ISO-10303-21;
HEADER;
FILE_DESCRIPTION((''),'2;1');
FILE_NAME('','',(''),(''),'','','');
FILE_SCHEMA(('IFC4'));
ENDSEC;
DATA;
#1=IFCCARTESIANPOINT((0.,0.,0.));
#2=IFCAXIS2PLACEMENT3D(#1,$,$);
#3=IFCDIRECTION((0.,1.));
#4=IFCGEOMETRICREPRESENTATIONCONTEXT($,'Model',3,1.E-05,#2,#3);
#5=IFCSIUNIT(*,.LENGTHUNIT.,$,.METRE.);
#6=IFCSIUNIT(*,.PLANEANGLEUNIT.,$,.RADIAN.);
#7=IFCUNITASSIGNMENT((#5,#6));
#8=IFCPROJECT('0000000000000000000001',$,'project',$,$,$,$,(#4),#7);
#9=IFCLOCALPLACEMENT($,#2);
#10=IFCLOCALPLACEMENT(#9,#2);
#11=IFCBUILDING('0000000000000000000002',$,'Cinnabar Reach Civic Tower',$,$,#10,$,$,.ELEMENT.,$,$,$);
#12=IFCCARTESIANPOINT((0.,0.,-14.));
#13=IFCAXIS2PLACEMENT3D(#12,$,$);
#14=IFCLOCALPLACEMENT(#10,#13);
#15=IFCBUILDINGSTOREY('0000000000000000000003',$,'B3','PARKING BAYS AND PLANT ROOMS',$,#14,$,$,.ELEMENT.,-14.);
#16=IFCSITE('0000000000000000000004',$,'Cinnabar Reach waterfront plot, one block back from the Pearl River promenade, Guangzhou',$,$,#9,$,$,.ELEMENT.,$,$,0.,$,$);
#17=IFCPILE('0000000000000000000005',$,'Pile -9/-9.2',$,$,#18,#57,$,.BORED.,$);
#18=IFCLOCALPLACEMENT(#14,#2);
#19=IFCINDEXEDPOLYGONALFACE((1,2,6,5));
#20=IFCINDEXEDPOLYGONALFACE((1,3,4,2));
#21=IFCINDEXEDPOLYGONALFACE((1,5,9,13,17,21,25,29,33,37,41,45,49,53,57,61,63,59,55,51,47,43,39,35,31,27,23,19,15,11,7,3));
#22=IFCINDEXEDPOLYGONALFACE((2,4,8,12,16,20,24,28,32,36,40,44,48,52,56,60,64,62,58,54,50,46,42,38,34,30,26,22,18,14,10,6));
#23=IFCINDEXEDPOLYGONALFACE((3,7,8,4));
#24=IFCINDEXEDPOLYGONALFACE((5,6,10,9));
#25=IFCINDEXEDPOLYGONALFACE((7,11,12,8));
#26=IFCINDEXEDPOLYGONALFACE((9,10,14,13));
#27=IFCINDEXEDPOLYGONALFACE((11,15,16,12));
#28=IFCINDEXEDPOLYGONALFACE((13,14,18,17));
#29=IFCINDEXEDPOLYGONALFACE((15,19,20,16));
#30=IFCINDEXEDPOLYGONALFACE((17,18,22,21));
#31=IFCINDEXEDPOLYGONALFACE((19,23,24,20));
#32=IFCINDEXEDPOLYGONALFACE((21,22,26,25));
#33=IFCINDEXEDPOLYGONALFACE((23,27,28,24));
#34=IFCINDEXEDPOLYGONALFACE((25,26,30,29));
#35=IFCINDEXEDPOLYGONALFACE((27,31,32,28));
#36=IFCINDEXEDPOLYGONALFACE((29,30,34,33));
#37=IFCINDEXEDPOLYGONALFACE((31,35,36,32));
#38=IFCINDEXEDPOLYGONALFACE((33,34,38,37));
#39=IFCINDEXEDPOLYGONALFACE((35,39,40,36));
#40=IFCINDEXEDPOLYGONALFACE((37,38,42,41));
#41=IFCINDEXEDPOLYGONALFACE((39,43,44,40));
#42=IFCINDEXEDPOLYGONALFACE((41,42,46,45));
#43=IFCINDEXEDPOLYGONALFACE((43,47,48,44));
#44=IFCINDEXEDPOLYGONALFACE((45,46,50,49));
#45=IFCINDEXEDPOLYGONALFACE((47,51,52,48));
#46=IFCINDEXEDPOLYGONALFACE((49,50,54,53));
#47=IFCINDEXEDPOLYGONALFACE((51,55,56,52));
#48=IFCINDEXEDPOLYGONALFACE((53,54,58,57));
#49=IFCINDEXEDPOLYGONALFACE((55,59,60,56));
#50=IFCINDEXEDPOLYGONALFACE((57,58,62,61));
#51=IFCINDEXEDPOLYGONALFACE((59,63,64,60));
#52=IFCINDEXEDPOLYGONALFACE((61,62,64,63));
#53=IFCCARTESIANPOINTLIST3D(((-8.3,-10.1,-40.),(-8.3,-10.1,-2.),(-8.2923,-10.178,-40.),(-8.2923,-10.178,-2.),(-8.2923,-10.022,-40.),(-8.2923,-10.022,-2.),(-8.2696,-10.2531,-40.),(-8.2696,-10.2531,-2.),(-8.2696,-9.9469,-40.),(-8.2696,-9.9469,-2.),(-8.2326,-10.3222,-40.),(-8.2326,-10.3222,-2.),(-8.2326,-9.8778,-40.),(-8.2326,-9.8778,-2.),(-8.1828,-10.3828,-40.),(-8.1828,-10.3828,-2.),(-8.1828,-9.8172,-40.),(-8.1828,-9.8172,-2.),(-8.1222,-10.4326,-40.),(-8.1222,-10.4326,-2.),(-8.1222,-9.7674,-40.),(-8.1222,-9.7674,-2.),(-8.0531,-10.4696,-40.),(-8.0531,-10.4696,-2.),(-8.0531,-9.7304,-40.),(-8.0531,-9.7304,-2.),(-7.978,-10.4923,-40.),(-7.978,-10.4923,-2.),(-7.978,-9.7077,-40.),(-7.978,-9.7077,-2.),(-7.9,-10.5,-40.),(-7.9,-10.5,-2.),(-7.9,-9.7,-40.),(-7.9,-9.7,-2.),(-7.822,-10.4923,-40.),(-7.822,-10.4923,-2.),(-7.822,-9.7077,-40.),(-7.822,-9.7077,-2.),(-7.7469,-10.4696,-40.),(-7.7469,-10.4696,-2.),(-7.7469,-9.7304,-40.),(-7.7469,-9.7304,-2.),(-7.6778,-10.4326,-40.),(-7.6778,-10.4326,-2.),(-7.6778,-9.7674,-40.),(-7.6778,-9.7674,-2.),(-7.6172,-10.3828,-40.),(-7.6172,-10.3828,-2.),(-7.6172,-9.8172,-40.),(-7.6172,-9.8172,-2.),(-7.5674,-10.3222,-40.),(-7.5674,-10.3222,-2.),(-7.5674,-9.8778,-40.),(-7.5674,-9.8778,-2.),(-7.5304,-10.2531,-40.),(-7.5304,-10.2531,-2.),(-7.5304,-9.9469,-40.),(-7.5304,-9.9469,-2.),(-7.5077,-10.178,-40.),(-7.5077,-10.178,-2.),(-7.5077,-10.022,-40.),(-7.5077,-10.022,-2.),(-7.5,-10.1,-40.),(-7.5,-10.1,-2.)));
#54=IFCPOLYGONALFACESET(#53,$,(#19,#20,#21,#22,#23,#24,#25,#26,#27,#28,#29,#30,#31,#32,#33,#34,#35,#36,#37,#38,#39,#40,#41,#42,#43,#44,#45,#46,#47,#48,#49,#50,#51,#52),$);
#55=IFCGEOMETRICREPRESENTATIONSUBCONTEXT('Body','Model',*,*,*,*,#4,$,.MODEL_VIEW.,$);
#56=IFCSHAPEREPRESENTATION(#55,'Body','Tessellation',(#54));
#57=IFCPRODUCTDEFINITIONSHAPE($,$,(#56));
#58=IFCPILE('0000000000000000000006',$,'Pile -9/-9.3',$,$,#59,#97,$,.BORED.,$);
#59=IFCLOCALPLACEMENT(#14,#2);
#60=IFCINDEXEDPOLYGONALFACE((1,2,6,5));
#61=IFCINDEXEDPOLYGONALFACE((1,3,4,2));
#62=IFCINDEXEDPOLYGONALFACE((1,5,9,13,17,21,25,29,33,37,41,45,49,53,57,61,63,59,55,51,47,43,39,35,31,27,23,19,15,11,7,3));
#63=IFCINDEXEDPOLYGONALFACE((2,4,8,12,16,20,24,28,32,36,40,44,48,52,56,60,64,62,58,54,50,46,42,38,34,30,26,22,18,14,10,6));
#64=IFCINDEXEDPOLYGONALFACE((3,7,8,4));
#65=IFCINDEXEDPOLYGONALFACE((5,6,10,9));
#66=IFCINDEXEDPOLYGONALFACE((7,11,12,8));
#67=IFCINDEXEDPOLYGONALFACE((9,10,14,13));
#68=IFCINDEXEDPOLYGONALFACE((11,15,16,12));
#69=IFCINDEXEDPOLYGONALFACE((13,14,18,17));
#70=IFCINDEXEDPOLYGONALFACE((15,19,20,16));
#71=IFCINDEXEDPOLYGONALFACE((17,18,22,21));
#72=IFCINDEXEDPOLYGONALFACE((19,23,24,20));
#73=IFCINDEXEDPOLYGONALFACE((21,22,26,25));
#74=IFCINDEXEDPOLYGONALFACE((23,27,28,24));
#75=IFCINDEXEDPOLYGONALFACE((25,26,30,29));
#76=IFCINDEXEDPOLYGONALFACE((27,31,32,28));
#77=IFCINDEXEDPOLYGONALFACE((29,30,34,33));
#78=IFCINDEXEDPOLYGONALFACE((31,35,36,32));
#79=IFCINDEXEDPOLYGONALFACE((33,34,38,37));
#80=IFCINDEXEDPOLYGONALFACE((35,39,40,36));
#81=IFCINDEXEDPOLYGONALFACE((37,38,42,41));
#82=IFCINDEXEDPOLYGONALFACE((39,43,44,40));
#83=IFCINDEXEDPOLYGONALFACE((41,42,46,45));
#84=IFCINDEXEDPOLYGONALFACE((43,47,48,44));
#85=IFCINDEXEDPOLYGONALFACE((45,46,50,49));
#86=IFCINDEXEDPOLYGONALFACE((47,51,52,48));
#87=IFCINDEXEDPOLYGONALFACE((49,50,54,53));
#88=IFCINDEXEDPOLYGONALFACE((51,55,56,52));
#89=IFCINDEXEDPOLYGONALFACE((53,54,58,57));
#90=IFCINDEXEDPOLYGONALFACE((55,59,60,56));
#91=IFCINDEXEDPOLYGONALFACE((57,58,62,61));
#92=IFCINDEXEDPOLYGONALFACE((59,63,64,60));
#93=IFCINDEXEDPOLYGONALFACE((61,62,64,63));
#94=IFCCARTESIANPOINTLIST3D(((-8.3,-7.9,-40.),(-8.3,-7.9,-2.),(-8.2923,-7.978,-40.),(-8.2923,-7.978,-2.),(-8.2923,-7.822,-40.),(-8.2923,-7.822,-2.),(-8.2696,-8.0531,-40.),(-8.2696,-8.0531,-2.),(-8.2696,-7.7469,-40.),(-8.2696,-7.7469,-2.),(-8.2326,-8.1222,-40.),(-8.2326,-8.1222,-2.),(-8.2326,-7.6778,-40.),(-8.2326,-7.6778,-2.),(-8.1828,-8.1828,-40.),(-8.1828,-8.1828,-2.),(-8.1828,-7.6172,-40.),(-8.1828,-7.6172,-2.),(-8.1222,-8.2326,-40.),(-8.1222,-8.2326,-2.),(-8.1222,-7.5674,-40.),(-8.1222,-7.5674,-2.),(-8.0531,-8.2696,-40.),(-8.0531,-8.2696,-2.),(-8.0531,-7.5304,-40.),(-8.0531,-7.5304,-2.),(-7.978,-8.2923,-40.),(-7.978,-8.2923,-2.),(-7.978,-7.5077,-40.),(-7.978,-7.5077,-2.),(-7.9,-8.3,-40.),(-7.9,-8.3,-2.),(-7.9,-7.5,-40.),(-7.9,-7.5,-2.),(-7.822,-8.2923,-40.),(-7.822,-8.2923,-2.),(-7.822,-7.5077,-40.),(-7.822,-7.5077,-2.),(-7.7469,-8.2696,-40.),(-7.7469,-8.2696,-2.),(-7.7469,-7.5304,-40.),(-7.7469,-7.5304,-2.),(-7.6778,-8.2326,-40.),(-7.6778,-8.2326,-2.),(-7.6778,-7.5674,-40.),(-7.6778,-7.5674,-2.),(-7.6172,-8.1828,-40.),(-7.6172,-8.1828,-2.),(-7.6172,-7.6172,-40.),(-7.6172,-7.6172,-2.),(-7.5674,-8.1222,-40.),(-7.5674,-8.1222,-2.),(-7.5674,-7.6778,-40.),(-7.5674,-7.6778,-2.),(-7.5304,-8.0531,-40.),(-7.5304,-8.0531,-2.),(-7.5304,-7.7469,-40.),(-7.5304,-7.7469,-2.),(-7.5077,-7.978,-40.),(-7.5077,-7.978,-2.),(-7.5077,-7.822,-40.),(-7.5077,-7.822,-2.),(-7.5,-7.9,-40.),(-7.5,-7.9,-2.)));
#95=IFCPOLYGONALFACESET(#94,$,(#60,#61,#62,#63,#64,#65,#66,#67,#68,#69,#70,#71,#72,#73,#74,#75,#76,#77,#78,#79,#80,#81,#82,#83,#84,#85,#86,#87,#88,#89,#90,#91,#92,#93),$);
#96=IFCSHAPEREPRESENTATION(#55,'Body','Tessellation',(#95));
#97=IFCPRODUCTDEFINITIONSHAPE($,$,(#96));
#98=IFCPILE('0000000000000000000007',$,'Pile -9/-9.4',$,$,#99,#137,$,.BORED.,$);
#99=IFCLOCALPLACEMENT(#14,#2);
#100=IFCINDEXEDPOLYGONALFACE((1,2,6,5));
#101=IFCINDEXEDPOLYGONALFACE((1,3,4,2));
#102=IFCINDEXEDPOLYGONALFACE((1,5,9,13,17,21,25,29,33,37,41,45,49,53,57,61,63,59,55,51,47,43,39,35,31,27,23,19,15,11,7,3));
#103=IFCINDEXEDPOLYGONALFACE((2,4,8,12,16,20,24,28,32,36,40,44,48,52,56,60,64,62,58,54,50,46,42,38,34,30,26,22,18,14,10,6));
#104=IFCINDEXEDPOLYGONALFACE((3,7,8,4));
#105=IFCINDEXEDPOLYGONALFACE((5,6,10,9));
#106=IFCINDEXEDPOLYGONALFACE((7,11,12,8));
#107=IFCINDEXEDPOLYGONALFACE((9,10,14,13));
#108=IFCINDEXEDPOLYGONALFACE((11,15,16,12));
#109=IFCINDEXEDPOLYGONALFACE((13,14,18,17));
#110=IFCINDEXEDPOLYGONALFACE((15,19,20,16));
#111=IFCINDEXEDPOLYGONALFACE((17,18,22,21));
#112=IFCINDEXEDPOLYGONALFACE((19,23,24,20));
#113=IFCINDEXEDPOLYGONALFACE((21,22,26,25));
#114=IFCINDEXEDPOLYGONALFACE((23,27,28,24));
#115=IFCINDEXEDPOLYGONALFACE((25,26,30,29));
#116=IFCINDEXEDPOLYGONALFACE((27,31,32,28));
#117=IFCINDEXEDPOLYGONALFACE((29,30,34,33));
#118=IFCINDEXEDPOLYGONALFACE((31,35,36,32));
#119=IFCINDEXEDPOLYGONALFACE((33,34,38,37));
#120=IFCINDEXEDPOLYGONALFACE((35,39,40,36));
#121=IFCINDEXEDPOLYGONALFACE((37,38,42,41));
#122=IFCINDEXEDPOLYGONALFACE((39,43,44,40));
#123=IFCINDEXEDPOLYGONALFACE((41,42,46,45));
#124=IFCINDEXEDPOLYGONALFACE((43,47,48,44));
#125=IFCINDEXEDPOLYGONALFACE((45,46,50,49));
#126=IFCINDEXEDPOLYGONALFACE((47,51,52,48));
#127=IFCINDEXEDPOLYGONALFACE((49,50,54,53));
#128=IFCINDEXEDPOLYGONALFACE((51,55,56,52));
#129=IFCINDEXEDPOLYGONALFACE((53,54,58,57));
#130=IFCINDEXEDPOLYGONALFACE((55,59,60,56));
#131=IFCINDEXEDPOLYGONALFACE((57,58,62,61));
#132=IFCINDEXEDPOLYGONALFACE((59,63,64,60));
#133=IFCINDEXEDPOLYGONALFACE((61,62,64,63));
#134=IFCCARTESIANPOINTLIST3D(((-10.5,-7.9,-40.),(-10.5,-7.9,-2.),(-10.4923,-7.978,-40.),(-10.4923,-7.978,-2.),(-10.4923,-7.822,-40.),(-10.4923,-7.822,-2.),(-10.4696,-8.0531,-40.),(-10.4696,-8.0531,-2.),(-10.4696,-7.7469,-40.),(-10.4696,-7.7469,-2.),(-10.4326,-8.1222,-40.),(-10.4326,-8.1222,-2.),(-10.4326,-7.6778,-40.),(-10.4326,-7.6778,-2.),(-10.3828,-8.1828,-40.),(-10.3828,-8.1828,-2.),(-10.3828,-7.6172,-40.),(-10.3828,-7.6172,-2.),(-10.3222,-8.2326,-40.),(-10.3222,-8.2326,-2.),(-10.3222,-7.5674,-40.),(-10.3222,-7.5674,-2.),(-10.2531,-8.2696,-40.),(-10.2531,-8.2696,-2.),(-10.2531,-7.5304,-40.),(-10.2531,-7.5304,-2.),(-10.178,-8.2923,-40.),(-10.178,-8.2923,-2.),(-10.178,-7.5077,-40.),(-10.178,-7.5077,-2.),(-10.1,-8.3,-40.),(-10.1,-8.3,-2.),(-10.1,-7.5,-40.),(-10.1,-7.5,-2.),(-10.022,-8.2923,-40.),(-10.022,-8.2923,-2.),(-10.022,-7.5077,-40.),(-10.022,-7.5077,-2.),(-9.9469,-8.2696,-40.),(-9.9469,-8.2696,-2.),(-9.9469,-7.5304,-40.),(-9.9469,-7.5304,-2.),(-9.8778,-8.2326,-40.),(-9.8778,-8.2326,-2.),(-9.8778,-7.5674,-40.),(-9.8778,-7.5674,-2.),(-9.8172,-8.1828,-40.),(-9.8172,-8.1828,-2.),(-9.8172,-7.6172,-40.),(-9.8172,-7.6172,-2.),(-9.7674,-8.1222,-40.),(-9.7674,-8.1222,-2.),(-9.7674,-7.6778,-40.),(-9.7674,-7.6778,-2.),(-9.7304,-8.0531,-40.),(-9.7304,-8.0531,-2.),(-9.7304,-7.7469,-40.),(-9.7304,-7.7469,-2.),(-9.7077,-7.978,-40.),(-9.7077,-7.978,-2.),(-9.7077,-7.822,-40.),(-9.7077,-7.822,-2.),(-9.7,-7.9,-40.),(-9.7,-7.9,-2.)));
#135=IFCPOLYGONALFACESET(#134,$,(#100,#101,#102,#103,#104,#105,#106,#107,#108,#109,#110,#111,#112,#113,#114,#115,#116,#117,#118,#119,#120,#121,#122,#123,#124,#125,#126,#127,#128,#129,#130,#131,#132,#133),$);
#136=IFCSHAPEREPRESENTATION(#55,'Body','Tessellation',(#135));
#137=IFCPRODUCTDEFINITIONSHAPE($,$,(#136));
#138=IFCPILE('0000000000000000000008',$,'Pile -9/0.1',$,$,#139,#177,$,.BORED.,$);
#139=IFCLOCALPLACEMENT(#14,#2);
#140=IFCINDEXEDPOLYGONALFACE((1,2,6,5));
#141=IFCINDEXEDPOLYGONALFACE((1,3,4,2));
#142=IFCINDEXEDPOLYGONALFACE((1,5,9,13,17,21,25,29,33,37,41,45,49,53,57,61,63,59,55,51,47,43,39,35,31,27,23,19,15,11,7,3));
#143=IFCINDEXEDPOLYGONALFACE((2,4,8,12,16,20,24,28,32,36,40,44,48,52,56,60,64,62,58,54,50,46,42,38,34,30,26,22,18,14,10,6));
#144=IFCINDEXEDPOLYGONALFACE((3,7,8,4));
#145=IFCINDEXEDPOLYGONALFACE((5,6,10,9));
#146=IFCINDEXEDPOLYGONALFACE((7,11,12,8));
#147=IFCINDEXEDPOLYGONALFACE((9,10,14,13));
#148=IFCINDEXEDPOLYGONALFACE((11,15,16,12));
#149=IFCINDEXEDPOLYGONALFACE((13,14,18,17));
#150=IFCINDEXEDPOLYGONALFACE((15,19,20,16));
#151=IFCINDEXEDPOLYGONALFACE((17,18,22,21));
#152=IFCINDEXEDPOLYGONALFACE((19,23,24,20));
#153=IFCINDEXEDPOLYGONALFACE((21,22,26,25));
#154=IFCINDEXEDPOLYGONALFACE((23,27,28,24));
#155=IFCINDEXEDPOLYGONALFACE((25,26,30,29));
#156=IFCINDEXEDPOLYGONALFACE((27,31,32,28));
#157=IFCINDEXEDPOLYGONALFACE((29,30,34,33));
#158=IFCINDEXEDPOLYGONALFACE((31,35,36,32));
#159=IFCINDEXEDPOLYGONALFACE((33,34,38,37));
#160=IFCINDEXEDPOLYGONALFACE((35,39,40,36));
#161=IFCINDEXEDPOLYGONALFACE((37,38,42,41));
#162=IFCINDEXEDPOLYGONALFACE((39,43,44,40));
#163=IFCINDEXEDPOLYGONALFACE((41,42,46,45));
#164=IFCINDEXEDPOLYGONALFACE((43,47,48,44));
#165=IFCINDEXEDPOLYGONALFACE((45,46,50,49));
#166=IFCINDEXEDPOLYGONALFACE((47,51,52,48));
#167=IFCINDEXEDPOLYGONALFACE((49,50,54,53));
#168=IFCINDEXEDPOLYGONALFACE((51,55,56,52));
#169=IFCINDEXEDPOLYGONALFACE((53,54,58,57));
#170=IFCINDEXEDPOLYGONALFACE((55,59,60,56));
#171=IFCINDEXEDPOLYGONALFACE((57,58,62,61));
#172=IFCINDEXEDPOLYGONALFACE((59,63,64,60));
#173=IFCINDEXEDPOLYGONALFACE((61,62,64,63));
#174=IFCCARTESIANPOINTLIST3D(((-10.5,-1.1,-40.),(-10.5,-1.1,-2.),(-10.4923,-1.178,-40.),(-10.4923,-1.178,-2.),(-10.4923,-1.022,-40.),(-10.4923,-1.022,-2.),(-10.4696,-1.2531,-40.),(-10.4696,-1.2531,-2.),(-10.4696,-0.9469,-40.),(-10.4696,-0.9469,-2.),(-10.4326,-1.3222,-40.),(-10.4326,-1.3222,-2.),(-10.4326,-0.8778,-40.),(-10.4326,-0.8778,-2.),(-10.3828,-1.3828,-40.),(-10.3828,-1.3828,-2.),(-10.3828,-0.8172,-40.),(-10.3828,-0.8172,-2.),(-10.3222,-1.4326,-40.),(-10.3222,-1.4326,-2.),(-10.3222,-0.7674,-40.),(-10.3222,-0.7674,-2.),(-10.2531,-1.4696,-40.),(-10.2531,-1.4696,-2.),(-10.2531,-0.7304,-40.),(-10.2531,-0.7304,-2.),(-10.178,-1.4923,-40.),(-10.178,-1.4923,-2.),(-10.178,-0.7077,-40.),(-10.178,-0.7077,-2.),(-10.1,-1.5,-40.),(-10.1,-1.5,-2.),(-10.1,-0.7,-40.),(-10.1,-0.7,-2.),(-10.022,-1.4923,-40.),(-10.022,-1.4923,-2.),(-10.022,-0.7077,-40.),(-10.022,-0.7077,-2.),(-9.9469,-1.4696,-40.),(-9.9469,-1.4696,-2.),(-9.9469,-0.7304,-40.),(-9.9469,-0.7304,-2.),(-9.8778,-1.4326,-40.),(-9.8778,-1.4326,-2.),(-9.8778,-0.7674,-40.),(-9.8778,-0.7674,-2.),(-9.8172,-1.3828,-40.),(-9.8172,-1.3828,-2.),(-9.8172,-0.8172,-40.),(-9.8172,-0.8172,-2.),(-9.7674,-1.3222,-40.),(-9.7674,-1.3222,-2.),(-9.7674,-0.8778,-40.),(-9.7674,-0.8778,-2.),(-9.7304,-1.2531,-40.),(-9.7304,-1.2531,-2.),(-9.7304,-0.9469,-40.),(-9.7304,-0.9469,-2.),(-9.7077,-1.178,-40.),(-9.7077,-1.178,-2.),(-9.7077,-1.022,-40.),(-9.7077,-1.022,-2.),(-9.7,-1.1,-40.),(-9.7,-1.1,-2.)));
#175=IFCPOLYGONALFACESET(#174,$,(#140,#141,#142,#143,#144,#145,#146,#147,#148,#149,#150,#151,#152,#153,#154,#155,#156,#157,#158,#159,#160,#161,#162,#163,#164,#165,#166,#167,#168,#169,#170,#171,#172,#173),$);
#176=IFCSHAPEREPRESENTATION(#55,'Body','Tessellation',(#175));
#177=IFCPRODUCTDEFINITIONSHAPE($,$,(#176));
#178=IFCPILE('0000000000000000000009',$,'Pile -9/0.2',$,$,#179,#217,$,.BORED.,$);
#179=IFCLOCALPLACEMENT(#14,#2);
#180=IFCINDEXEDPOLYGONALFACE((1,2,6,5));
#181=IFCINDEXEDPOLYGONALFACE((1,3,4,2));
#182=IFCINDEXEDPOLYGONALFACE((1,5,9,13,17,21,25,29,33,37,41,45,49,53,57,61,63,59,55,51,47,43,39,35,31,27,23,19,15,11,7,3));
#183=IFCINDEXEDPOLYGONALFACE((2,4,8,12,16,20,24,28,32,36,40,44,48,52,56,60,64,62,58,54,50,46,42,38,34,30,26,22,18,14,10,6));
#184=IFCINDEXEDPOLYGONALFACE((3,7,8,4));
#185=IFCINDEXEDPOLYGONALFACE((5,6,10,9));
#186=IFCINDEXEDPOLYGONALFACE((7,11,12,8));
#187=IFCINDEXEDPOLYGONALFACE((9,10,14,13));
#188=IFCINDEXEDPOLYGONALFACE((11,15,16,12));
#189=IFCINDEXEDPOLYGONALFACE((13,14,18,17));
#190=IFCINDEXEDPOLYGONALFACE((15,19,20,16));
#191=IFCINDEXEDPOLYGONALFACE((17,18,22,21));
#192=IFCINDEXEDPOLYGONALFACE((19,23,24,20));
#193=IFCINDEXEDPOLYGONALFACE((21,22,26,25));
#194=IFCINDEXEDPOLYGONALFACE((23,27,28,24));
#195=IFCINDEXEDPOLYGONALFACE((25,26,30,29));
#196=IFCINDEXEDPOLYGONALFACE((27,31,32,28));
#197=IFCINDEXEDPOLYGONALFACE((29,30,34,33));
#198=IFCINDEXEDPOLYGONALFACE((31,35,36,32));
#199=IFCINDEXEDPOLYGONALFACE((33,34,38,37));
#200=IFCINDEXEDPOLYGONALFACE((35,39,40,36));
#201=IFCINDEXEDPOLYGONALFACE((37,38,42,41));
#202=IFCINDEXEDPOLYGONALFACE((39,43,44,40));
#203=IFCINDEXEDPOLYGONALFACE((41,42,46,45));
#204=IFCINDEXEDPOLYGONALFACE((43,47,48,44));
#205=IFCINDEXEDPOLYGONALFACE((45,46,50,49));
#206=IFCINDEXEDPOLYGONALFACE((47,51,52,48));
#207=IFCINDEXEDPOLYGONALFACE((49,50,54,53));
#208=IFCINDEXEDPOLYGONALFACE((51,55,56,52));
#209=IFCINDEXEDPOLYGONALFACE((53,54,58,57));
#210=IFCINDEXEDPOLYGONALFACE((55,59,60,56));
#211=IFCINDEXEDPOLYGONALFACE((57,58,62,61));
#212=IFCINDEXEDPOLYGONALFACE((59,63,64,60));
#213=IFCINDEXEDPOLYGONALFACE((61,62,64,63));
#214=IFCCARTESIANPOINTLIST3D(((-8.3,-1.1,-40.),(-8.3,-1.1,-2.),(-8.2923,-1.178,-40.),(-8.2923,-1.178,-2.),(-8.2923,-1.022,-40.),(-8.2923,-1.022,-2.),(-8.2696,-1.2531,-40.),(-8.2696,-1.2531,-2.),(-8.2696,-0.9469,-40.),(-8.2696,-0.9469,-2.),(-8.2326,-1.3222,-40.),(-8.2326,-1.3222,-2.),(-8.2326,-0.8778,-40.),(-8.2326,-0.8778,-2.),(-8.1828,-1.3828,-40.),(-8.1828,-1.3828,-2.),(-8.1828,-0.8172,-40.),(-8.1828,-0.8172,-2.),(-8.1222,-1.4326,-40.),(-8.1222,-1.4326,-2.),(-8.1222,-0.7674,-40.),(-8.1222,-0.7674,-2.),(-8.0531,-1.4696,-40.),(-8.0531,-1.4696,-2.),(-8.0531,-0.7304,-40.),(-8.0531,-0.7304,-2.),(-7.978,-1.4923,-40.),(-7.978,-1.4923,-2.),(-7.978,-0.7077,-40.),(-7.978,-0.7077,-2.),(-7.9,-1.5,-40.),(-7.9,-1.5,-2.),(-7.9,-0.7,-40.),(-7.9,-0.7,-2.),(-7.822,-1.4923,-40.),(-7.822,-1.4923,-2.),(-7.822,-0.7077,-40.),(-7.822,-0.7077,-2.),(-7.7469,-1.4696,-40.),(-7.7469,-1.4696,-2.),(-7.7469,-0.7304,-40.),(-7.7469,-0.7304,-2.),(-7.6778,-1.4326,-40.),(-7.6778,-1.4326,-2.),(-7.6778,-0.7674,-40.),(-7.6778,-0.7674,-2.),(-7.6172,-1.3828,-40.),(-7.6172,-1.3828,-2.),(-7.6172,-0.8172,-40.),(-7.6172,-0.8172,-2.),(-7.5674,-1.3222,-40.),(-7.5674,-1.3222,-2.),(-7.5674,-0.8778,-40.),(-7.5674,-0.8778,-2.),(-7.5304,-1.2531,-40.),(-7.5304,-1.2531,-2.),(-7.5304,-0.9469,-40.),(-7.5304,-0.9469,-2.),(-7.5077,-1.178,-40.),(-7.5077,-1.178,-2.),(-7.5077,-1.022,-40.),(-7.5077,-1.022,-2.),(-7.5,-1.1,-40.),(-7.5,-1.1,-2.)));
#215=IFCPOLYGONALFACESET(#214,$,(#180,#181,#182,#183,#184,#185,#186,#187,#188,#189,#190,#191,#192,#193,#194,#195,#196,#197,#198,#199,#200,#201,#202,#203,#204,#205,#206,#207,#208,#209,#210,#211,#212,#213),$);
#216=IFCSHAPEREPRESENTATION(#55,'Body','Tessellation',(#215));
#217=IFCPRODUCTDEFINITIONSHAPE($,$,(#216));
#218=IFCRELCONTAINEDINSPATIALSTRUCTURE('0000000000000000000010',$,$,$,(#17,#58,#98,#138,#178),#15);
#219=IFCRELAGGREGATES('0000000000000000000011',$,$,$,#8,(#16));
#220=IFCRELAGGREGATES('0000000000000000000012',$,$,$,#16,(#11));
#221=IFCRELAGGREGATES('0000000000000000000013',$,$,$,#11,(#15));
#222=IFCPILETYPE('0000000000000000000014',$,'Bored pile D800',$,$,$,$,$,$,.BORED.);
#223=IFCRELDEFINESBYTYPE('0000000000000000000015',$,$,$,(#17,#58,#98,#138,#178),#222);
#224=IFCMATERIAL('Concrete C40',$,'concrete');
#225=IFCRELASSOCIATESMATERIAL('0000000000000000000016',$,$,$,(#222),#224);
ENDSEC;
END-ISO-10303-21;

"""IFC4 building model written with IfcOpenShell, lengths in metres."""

from ifc_helpers import new_model, si_unit, direction, frame, origin, origin_2d, place, context, subcontext, project, spatial, circle, extrude, material, type_object, element, save


model = new_model("IFC4")

# Units and contexts
model_context = context("Model", 3, precision=1e-05, world=origin(), true_north=direction((0.0, 1.0)))
body_context = subcontext(model_context, "Body", "Model", "MODEL_VIEW")
ifc_project = project(units=[si_unit("LENGTHUNIT", "METRE"), si_unit("PLANEANGLEUNIT", "RADIAN")], contexts=[model_context])

# Site, building, storey
site_placement = place(None, origin())
site = spatial("IfcSite", under=ifc_project, at=site_placement, Name="Cinnabar Reach waterfront plot, one block back from the Pearl River promenade, Guangzhou", CompositionType="ELEMENT", RefElevation=0.0)
building_placement = place(site_placement, origin())
building = spatial("IfcBuilding", under=site, at=building_placement, Name="Cinnabar Reach Civic Tower", CompositionType="ELEMENT")
storey_placement = place(building_placement, frame((0.0, 0.0, -14.0)))
storey = spatial("IfcBuildingStorey", under=building, at=storey_placement, Name="B3", Description="PARKING BAYS AND PLANT ROOMS", CompositionType="ELEMENT", Elevation=-14.0)

# Piles
ifc_material_1 = material(Name="Concrete C40", Category="concrete")
pile_type = type_object("IfcPileType", Name="Bored pile D800", PredefinedType="BORED", material=ifc_material_1)
for number, where, z_axis, x_axis, name in (
    (1, (-7.9, -10.1, -2.0), (0.0, 0.0, -1.0), (1.0, 0.0, 0.0), "Pile -9/-9.2"),
    (2, (-7.9, -7.9, -2.0), (0.0, 0.0, -1.0), (1.0, 0.0, 0.0), "Pile -9/-9.3"),
    (3, (-10.1, -7.9, -2.0), (0.0, 0.0, -1.0), (1.0, 0.0, 0.0), "Pile -9/-9.4"),
    (4, (-10.1, -1.1, -2.0), (0.0, 0.0, -1.0), (1.0, 0.0, 0.0), "Pile -9/0.1"),
    (5, (-7.9, -1.1, -2.0), (0.0, 0.0, -1.0), (1.0, 0.0, 0.0), "Pile -9/0.2"),
):
    element("IfcPile", number, at=place(storey_placement, frame(where, z_axis=z_axis, x_axis=x_axis)), inside=storey, type_object=pile_type, Name=name, PredefinedType="BORED", context=body_context, shape_type="SweptSolid", body=[
        extrude(circle(Radius=0.4, at=origin_2d()), origin(), (0.0, 0.0, 1.0), 38.0),
    ])

save(model, "model.ifc")
